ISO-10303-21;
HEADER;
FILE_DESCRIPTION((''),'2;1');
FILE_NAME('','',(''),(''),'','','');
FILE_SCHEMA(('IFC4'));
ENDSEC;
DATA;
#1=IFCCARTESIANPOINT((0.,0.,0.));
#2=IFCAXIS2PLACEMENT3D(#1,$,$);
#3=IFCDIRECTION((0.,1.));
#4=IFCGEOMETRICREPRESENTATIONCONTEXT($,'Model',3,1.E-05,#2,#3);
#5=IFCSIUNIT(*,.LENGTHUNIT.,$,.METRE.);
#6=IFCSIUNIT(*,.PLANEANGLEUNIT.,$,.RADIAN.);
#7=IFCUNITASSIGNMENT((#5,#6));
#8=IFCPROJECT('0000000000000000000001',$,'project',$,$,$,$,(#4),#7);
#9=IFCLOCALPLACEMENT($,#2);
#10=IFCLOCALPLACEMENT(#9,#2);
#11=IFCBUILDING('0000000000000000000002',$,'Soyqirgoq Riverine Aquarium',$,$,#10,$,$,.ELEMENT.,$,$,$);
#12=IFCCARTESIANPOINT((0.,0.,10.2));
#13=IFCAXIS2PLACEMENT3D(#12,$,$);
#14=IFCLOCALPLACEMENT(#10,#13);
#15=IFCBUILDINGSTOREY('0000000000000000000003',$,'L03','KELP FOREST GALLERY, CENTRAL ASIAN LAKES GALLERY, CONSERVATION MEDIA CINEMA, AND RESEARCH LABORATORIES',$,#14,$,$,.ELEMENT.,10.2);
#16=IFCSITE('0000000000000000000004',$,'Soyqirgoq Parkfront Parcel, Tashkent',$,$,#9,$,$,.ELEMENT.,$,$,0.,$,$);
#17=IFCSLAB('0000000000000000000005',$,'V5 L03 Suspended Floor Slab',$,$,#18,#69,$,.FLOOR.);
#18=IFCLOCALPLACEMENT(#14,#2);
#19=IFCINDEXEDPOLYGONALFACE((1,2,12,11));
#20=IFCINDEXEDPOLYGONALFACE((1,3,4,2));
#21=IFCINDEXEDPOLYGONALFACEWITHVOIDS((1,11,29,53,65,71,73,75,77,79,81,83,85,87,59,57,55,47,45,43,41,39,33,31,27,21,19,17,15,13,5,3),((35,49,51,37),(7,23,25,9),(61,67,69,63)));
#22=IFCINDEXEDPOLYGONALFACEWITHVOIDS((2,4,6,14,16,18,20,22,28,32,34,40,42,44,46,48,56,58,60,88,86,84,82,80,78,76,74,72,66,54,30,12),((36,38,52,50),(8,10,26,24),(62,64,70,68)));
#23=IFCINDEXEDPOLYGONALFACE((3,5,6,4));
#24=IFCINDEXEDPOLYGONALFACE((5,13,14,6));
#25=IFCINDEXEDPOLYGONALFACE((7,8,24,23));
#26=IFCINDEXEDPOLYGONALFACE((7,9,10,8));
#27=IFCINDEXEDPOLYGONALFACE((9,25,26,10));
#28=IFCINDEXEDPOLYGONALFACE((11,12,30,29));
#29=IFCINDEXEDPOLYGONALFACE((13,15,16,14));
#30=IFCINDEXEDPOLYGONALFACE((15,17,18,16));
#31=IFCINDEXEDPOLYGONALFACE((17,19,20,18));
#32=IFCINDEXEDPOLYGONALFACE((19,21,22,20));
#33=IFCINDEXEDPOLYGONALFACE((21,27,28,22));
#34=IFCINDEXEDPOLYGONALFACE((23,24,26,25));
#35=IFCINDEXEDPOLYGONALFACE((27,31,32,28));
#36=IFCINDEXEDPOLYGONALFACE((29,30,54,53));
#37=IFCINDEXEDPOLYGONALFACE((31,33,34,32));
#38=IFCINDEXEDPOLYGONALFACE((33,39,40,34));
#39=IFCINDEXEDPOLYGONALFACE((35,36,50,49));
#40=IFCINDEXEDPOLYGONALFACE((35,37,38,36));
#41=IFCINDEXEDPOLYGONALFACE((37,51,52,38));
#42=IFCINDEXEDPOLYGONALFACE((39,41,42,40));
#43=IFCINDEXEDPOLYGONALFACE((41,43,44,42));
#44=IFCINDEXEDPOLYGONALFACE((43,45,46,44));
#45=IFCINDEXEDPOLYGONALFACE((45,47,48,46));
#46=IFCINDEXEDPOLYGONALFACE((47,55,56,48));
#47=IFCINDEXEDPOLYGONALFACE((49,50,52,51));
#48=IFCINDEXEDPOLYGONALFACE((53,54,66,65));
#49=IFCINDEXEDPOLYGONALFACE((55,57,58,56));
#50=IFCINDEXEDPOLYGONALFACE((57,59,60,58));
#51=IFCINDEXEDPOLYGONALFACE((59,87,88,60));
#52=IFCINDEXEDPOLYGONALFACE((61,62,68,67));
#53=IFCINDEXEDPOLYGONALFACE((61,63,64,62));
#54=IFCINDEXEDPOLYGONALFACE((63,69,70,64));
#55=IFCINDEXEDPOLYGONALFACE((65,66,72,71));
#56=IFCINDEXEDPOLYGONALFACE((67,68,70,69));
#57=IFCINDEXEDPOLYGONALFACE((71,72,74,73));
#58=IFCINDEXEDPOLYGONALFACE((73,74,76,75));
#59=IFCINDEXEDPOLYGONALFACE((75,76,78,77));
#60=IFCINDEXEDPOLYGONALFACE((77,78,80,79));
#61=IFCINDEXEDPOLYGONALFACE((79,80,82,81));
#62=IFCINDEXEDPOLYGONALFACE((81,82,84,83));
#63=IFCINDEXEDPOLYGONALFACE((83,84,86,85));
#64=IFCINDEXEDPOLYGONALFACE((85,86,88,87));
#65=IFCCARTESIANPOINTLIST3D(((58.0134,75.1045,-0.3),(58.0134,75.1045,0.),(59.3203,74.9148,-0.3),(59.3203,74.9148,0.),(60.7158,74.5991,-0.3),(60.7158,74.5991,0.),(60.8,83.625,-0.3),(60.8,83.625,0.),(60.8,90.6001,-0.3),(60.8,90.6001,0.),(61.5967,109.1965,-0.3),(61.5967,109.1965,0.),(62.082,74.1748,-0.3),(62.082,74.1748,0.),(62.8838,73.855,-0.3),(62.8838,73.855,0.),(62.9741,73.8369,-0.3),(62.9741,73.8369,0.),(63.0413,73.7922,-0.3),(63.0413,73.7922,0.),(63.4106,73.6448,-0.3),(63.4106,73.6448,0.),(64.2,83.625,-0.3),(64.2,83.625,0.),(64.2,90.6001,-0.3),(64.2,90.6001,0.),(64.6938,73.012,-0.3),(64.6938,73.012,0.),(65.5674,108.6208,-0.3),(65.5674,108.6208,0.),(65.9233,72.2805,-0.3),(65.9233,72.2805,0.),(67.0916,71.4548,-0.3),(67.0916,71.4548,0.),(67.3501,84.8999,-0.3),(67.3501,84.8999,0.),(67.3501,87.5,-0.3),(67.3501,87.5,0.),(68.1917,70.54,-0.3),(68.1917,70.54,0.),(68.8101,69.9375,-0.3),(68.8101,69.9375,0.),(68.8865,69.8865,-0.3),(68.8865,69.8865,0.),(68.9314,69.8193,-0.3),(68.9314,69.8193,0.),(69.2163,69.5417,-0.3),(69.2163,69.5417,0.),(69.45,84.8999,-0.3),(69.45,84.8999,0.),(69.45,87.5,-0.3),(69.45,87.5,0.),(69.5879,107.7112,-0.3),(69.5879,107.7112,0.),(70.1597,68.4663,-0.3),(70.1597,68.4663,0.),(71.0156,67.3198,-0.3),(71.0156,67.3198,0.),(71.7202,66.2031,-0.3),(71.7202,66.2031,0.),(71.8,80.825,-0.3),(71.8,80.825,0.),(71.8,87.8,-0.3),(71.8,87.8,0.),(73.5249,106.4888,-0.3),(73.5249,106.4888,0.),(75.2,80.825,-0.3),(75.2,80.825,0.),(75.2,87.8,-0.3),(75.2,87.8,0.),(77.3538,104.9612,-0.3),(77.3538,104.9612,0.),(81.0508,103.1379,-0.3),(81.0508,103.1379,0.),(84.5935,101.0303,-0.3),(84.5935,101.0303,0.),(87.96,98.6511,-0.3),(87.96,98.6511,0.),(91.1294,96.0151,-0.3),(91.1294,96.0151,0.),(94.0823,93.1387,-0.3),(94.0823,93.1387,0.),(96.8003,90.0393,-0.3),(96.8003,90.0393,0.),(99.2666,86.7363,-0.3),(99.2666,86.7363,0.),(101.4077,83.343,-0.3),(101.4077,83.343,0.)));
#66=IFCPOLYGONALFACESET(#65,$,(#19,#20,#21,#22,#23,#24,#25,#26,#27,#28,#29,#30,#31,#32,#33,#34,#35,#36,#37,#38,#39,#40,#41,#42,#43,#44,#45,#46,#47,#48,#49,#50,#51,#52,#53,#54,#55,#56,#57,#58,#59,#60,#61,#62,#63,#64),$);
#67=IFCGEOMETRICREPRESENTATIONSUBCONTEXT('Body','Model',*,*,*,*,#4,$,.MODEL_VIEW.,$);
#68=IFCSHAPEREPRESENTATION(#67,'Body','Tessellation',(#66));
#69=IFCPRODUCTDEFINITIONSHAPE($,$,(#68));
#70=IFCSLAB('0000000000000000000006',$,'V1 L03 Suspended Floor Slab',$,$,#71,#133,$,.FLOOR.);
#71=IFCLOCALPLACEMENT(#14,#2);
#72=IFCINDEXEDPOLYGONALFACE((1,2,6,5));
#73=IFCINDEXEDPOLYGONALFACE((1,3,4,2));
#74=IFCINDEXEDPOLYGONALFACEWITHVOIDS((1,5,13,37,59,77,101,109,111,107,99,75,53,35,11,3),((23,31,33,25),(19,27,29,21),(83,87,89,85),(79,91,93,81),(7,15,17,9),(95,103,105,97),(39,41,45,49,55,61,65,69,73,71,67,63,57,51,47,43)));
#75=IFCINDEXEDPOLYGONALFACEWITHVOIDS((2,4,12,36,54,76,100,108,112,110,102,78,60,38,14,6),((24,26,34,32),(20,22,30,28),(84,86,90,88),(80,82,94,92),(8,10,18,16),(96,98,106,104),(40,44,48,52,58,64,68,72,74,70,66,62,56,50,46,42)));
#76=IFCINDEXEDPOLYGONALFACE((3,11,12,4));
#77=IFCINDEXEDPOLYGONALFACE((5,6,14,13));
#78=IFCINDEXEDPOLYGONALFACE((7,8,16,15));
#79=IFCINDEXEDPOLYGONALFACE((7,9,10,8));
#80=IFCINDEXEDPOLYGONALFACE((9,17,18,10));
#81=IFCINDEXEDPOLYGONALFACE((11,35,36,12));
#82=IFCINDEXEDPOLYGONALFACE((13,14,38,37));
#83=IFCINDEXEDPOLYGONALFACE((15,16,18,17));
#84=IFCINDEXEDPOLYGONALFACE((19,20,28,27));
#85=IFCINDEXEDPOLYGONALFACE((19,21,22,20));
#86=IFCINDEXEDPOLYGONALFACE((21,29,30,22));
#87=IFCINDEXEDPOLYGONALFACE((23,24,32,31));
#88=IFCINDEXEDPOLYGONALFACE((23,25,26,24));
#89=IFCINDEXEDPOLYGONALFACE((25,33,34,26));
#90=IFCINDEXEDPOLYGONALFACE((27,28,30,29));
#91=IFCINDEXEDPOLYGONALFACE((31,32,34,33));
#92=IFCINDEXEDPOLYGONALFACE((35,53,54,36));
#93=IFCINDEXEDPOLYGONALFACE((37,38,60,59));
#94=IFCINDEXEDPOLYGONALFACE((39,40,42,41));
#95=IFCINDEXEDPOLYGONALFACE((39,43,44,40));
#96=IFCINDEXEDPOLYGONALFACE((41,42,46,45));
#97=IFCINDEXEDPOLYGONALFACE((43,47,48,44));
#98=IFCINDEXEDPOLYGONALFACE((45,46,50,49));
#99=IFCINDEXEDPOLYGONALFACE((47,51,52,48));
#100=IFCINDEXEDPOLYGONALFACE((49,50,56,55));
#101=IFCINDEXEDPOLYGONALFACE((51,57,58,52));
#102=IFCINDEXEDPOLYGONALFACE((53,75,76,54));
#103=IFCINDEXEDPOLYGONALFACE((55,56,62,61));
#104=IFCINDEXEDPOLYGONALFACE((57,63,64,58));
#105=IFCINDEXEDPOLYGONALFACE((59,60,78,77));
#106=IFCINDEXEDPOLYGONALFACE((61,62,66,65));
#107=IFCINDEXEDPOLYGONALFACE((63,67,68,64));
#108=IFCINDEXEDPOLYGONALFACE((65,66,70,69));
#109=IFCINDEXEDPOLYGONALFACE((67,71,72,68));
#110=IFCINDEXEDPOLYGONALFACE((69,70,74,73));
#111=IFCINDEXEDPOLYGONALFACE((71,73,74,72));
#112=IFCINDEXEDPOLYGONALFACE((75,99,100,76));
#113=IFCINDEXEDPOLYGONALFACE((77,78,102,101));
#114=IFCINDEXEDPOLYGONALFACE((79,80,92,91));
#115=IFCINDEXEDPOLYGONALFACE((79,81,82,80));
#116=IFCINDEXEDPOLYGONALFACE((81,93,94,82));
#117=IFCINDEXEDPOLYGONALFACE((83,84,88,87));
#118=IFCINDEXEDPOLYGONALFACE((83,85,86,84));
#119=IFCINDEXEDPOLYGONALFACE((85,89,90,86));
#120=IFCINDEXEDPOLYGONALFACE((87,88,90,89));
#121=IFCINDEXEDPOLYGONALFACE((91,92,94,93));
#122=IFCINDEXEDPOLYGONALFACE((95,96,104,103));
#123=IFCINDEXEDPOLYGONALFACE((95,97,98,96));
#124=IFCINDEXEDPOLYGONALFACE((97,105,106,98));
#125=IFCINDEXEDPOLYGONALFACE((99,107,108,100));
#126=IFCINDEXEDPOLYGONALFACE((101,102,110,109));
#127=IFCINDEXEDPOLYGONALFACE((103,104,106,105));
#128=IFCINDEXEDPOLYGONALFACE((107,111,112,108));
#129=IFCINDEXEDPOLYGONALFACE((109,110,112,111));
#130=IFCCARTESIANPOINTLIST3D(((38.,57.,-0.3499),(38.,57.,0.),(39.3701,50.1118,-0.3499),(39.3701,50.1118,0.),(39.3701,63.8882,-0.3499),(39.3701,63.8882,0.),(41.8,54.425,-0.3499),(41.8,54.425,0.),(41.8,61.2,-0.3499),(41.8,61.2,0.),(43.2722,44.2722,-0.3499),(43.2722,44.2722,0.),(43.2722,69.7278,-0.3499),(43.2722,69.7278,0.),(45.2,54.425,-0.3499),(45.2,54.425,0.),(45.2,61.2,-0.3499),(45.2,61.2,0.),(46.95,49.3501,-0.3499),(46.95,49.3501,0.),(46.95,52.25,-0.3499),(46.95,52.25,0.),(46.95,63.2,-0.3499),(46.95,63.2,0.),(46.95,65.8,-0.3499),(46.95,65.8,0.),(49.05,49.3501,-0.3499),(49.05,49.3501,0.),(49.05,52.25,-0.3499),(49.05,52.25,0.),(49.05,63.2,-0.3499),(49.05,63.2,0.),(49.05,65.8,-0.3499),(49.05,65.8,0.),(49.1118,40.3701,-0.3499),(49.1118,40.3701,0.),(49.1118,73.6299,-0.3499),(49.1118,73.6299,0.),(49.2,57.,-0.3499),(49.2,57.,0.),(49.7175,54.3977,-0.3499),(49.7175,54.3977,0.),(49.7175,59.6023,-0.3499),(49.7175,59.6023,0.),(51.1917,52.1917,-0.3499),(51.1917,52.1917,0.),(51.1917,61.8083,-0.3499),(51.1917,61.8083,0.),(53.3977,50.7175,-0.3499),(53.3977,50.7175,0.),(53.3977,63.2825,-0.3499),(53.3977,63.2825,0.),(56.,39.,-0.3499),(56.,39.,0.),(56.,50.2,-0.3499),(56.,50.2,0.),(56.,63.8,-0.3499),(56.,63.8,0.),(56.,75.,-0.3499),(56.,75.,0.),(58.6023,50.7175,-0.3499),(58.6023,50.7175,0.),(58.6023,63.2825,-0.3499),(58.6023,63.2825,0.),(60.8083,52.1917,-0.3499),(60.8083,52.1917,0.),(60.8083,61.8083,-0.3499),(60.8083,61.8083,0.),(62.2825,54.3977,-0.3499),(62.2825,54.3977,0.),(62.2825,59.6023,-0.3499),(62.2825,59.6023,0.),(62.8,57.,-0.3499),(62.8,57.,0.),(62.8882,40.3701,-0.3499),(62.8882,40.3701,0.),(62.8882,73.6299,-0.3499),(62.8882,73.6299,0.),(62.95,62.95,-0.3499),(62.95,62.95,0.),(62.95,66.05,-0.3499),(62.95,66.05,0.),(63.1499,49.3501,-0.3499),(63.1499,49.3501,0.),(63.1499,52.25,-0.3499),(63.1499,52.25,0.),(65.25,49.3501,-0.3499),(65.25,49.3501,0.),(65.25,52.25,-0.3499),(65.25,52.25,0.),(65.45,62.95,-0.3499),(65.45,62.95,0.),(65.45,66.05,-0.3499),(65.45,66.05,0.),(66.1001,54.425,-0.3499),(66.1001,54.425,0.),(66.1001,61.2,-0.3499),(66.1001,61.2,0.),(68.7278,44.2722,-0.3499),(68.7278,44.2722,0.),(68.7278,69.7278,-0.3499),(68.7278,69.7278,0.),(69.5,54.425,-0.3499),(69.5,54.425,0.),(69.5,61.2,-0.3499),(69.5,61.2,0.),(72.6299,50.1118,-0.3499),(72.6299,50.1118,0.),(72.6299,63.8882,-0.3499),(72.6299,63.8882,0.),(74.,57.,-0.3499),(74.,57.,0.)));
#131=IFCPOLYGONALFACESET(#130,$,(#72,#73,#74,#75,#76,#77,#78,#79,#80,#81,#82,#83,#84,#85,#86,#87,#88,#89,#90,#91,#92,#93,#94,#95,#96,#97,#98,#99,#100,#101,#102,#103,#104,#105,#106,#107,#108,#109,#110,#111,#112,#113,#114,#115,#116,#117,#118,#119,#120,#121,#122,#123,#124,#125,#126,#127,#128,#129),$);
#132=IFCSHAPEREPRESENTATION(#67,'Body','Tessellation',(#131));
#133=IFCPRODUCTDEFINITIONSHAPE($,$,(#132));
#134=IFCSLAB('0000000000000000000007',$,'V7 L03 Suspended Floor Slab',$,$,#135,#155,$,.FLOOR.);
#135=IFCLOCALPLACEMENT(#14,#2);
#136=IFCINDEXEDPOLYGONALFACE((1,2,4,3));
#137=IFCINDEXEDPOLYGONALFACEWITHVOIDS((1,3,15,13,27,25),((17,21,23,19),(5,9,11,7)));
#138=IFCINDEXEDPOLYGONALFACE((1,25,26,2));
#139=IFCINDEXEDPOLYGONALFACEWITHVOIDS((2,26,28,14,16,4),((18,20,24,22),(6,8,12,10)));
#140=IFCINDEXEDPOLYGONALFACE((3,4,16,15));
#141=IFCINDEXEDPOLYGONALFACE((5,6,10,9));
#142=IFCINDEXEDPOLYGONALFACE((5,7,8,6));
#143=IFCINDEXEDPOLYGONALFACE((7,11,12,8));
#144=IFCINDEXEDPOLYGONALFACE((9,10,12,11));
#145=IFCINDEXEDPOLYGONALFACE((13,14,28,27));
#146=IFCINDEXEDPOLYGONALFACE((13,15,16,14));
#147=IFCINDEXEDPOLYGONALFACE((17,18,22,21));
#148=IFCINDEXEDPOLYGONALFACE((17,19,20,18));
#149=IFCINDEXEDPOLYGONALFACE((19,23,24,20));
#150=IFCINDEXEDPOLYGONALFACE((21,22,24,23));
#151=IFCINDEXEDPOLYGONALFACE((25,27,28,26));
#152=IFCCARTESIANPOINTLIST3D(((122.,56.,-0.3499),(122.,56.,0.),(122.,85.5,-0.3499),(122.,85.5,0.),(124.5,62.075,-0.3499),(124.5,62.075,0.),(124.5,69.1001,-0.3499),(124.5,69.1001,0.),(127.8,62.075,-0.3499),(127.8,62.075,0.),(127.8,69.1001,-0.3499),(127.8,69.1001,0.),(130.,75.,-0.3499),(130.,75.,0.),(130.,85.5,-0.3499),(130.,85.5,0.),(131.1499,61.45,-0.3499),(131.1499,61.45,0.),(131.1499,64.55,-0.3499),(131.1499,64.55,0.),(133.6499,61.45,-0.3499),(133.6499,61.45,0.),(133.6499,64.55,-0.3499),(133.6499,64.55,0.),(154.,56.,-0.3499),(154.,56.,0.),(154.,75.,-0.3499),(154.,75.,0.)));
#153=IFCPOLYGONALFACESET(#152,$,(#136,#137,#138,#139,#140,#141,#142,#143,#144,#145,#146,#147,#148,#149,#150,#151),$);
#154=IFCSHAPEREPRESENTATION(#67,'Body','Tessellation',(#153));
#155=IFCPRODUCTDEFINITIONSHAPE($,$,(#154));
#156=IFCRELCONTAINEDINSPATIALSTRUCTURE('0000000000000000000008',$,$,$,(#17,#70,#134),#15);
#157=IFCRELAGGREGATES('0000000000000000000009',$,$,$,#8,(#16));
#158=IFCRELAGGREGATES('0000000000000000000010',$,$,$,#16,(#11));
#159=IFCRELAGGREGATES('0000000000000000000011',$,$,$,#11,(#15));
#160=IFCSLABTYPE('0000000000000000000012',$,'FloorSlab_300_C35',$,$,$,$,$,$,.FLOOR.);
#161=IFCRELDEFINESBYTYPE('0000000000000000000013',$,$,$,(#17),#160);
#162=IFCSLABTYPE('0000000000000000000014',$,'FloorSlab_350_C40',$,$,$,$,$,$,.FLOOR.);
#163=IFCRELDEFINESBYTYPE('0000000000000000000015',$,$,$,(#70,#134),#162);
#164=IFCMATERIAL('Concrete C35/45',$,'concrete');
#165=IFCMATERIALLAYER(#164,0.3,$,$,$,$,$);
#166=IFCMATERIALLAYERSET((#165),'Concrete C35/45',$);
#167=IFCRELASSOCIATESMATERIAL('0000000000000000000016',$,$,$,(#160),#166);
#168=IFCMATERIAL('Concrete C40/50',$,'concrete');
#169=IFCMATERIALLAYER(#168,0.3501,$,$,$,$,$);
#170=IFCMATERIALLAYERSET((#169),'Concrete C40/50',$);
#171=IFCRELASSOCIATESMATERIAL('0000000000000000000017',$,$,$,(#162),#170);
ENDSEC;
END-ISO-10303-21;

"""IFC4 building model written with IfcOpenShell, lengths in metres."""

from ifc_helpers import new_model, si_unit, direction, frame, origin, place, context, subcontext, project, spatial, polyline, outline, extrude, material, layer, layer_set, type_object, element, save


model = new_model("IFC4")

# Units and contexts
model_context = context("Model", 3, precision=1e-05, world=origin(), true_north=direction((0.0, 1.0)))
body_context = subcontext(model_context, "Body", "Model", "MODEL_VIEW")
ifc_project = project(units=[si_unit("LENGTHUNIT", "METRE"), si_unit("PLANEANGLEUNIT", "RADIAN")], contexts=[model_context])

# Site, building, storey
site_placement = place(None, origin())
site = spatial("IfcSite", under=ifc_project, at=site_placement, Name="Soyqirgoq Parkfront Parcel, Tashkent", CompositionType="ELEMENT", RefElevation=0.0)
building_placement = place(site_placement, origin())
building = spatial("IfcBuilding", under=site, at=building_placement, Name="Soyqirgoq Riverine Aquarium", CompositionType="ELEMENT")
storey_placement = place(building_placement, frame((0.0, 0.0, 10.2)))
storey = spatial("IfcBuildingStorey", under=building, at=storey_placement, Name="L03", Description="KELP FOREST GALLERY, CENTRAL ASIAN LAKES GALLERY, CONSERVATION MEDIA CINEMA, AND RESEARCH LABORATORIES", CompositionType="ELEMENT", Elevation=10.2)

# Slabs
ifc_material_1 = material(Name="Concrete C35/45", Category="concrete")
ifc_layer_1 = layer(ifc_material_1, 0.3)
ifc_layer_set_1 = layer_set([ifc_layer_1], Name="Concrete C35/45")
slab_type_1 = type_object("IfcSlabType", Name="FloorSlab_300_C35", PredefinedType="FLOOR", material=ifc_layer_set_1)
slab_1_placement = place(storey_placement, frame((0.0, 0.0, -0.3)))
element("IfcSlab", 1, at=slab_1_placement, inside=storey, type_object=slab_type_1, Name="V5 L03 Suspended Floor Slab", PredefinedType="FLOOR", context=body_context, shape_type="SweptSolid", body=[
    extrude(outline(polyline([(70.1597, 68.4663), (71.0156, 67.3198), (71.7202, 66.2031), (101.4077, 83.343), (99.2666, 86.7363), (96.8003, 90.0393), (94.0823, 93.1387), (91.1294, 96.0151), (87.96, 98.6511), (84.5935, 101.0303), (81.0508, 103.1379), (77.3538, 104.9612), (73.5249, 106.4888), (69.5879, 107.7112), (65.5674, 108.6208), (61.5967, 109.1965), (58.0134, 75.1045), (59.3203, 74.9148), (60.7158, 74.5991), (62.082, 74.1748), (62.8838, 73.855), (62.9741, 73.8369), (63.0413, 73.7922), (63.4106, 73.6448), (64.6938, 73.012), (65.9233, 72.2805), (67.0916, 71.4548), (68.1917, 70.54), (68.8101, 69.9375), (68.8865, 69.8865), (68.9314, 69.8193), (69.2163, 69.5417), (70.1597, 68.4663)]), holes=[polyline([(64.2, 83.625), (64.2, 90.6001), (60.8, 90.6001), (60.8, 83.625), (64.2, 83.625)]), polyline([(67.3501, 84.8999), (69.45, 84.8999), (69.45, 87.5), (67.3501, 87.5), (67.3501, 84.8999)]), polyline([(75.2, 80.825), (75.2, 87.8), (71.8, 87.8), (71.8, 80.825), (75.2, 80.825)])]), origin(), (0.0, 0.0, 1.0), 0.3),
])
ifc_material_2 = material(Name="Concrete C40/50", Category="concrete")
ifc_layer_2 = layer(ifc_material_2, 0.3501)
ifc_layer_set_2 = layer_set([ifc_layer_2], Name="Concrete C40/50")
slab_type_2 = type_object("IfcSlabType", Name="FloorSlab_350_C40", PredefinedType="FLOOR", material=ifc_layer_set_2)
slab_2_placement = place(storey_placement, frame((0.0, 0.0, -0.3499)))
element("IfcSlab", 2, at=slab_2_placement, inside=storey, type_object=slab_type_2, Name="V1 L03 Suspended Floor Slab", PredefinedType="FLOOR", context=body_context, shape_type="SweptSolid", body=[
    extrude(outline(polyline([(74.0, 57.0), (72.6299, 63.8882), (68.7278, 69.7278), (62.8882, 73.6299), (56.0, 75.0), (49.1118, 73.6299), (43.2722, 69.7278), (39.3701, 63.8882), (38.0, 57.0), (39.3701, 50.1118), (43.2722, 44.2722), (49.1118, 40.3701), (56.0, 39.0), (62.8882, 40.3701), (68.7278, 44.2722), (72.6299, 50.1118), (74.0, 57.0)]), holes=[polyline([(69.5, 54.425), (69.5, 61.2), (66.1001, 61.2), (66.1001, 54.425), (69.5, 54.425)]), polyline([(63.1499, 49.3501), (65.25, 49.3501), (65.25, 52.25), (63.1499, 52.25), (63.1499, 49.3501)]), polyline([(62.95, 62.95), (65.45, 62.95), (65.45, 66.05), (62.95, 66.05), (62.95, 62.95)]), polyline([(45.2, 54.425), (45.2, 61.2), (41.8, 61.2), (41.8, 54.425), (45.2, 54.425)]), polyline([(46.95, 49.3501), (49.05, 49.3501), (49.05, 52.25), (46.95, 52.25), (46.95, 49.3501)]), polyline([(46.95, 63.2), (49.05, 63.2), (49.05, 65.8), (46.95, 65.8), (46.95, 63.2)]), polyline([(62.8, 57.0), (62.2825, 59.6023), (60.8083, 61.8083), (58.6023, 63.2825), (56.0, 63.8), (53.3977, 63.2825), (51.1917, 61.8083), (49.7175, 59.6023), (49.2, 57.0), (49.7175, 54.3977), (51.1917, 52.1917), (53.3977, 50.7175), (56.0, 50.2), (58.6023, 50.7175), (60.8083, 52.1917), (62.2825, 54.3977), (62.8, 57.0)])]), origin(), (0.0, 0.0, 1.0), 0.3499),
])
slab_3_placement = place(storey_placement, frame((0.0, 0.0, -0.3499)))
element("IfcSlab", 3, at=slab_3_placement, inside=storey, type_object=slab_type_2, Name="V7 L03 Suspended Floor Slab", PredefinedType="FLOOR", context=body_context, shape_type="SweptSolid", body=[
    extrude(outline(polyline([(122.0, 56.0), (154.0, 56.0), (154.0, 75.0), (130.0, 75.0), (130.0, 85.5), (122.0, 85.5), (122.0, 56.0)]), holes=[polyline([(127.8, 62.075), (127.8, 69.1001), (124.5, 69.1001), (124.5, 62.075), (127.8, 62.075)]), polyline([(131.1499, 61.45), (133.6499, 61.45), (133.6499, 64.55), (131.1499, 64.55), (131.1499, 61.45)])]), origin(), (0.0, 0.0, 1.0), 0.3499),
])

save(model, "model.ifc")
